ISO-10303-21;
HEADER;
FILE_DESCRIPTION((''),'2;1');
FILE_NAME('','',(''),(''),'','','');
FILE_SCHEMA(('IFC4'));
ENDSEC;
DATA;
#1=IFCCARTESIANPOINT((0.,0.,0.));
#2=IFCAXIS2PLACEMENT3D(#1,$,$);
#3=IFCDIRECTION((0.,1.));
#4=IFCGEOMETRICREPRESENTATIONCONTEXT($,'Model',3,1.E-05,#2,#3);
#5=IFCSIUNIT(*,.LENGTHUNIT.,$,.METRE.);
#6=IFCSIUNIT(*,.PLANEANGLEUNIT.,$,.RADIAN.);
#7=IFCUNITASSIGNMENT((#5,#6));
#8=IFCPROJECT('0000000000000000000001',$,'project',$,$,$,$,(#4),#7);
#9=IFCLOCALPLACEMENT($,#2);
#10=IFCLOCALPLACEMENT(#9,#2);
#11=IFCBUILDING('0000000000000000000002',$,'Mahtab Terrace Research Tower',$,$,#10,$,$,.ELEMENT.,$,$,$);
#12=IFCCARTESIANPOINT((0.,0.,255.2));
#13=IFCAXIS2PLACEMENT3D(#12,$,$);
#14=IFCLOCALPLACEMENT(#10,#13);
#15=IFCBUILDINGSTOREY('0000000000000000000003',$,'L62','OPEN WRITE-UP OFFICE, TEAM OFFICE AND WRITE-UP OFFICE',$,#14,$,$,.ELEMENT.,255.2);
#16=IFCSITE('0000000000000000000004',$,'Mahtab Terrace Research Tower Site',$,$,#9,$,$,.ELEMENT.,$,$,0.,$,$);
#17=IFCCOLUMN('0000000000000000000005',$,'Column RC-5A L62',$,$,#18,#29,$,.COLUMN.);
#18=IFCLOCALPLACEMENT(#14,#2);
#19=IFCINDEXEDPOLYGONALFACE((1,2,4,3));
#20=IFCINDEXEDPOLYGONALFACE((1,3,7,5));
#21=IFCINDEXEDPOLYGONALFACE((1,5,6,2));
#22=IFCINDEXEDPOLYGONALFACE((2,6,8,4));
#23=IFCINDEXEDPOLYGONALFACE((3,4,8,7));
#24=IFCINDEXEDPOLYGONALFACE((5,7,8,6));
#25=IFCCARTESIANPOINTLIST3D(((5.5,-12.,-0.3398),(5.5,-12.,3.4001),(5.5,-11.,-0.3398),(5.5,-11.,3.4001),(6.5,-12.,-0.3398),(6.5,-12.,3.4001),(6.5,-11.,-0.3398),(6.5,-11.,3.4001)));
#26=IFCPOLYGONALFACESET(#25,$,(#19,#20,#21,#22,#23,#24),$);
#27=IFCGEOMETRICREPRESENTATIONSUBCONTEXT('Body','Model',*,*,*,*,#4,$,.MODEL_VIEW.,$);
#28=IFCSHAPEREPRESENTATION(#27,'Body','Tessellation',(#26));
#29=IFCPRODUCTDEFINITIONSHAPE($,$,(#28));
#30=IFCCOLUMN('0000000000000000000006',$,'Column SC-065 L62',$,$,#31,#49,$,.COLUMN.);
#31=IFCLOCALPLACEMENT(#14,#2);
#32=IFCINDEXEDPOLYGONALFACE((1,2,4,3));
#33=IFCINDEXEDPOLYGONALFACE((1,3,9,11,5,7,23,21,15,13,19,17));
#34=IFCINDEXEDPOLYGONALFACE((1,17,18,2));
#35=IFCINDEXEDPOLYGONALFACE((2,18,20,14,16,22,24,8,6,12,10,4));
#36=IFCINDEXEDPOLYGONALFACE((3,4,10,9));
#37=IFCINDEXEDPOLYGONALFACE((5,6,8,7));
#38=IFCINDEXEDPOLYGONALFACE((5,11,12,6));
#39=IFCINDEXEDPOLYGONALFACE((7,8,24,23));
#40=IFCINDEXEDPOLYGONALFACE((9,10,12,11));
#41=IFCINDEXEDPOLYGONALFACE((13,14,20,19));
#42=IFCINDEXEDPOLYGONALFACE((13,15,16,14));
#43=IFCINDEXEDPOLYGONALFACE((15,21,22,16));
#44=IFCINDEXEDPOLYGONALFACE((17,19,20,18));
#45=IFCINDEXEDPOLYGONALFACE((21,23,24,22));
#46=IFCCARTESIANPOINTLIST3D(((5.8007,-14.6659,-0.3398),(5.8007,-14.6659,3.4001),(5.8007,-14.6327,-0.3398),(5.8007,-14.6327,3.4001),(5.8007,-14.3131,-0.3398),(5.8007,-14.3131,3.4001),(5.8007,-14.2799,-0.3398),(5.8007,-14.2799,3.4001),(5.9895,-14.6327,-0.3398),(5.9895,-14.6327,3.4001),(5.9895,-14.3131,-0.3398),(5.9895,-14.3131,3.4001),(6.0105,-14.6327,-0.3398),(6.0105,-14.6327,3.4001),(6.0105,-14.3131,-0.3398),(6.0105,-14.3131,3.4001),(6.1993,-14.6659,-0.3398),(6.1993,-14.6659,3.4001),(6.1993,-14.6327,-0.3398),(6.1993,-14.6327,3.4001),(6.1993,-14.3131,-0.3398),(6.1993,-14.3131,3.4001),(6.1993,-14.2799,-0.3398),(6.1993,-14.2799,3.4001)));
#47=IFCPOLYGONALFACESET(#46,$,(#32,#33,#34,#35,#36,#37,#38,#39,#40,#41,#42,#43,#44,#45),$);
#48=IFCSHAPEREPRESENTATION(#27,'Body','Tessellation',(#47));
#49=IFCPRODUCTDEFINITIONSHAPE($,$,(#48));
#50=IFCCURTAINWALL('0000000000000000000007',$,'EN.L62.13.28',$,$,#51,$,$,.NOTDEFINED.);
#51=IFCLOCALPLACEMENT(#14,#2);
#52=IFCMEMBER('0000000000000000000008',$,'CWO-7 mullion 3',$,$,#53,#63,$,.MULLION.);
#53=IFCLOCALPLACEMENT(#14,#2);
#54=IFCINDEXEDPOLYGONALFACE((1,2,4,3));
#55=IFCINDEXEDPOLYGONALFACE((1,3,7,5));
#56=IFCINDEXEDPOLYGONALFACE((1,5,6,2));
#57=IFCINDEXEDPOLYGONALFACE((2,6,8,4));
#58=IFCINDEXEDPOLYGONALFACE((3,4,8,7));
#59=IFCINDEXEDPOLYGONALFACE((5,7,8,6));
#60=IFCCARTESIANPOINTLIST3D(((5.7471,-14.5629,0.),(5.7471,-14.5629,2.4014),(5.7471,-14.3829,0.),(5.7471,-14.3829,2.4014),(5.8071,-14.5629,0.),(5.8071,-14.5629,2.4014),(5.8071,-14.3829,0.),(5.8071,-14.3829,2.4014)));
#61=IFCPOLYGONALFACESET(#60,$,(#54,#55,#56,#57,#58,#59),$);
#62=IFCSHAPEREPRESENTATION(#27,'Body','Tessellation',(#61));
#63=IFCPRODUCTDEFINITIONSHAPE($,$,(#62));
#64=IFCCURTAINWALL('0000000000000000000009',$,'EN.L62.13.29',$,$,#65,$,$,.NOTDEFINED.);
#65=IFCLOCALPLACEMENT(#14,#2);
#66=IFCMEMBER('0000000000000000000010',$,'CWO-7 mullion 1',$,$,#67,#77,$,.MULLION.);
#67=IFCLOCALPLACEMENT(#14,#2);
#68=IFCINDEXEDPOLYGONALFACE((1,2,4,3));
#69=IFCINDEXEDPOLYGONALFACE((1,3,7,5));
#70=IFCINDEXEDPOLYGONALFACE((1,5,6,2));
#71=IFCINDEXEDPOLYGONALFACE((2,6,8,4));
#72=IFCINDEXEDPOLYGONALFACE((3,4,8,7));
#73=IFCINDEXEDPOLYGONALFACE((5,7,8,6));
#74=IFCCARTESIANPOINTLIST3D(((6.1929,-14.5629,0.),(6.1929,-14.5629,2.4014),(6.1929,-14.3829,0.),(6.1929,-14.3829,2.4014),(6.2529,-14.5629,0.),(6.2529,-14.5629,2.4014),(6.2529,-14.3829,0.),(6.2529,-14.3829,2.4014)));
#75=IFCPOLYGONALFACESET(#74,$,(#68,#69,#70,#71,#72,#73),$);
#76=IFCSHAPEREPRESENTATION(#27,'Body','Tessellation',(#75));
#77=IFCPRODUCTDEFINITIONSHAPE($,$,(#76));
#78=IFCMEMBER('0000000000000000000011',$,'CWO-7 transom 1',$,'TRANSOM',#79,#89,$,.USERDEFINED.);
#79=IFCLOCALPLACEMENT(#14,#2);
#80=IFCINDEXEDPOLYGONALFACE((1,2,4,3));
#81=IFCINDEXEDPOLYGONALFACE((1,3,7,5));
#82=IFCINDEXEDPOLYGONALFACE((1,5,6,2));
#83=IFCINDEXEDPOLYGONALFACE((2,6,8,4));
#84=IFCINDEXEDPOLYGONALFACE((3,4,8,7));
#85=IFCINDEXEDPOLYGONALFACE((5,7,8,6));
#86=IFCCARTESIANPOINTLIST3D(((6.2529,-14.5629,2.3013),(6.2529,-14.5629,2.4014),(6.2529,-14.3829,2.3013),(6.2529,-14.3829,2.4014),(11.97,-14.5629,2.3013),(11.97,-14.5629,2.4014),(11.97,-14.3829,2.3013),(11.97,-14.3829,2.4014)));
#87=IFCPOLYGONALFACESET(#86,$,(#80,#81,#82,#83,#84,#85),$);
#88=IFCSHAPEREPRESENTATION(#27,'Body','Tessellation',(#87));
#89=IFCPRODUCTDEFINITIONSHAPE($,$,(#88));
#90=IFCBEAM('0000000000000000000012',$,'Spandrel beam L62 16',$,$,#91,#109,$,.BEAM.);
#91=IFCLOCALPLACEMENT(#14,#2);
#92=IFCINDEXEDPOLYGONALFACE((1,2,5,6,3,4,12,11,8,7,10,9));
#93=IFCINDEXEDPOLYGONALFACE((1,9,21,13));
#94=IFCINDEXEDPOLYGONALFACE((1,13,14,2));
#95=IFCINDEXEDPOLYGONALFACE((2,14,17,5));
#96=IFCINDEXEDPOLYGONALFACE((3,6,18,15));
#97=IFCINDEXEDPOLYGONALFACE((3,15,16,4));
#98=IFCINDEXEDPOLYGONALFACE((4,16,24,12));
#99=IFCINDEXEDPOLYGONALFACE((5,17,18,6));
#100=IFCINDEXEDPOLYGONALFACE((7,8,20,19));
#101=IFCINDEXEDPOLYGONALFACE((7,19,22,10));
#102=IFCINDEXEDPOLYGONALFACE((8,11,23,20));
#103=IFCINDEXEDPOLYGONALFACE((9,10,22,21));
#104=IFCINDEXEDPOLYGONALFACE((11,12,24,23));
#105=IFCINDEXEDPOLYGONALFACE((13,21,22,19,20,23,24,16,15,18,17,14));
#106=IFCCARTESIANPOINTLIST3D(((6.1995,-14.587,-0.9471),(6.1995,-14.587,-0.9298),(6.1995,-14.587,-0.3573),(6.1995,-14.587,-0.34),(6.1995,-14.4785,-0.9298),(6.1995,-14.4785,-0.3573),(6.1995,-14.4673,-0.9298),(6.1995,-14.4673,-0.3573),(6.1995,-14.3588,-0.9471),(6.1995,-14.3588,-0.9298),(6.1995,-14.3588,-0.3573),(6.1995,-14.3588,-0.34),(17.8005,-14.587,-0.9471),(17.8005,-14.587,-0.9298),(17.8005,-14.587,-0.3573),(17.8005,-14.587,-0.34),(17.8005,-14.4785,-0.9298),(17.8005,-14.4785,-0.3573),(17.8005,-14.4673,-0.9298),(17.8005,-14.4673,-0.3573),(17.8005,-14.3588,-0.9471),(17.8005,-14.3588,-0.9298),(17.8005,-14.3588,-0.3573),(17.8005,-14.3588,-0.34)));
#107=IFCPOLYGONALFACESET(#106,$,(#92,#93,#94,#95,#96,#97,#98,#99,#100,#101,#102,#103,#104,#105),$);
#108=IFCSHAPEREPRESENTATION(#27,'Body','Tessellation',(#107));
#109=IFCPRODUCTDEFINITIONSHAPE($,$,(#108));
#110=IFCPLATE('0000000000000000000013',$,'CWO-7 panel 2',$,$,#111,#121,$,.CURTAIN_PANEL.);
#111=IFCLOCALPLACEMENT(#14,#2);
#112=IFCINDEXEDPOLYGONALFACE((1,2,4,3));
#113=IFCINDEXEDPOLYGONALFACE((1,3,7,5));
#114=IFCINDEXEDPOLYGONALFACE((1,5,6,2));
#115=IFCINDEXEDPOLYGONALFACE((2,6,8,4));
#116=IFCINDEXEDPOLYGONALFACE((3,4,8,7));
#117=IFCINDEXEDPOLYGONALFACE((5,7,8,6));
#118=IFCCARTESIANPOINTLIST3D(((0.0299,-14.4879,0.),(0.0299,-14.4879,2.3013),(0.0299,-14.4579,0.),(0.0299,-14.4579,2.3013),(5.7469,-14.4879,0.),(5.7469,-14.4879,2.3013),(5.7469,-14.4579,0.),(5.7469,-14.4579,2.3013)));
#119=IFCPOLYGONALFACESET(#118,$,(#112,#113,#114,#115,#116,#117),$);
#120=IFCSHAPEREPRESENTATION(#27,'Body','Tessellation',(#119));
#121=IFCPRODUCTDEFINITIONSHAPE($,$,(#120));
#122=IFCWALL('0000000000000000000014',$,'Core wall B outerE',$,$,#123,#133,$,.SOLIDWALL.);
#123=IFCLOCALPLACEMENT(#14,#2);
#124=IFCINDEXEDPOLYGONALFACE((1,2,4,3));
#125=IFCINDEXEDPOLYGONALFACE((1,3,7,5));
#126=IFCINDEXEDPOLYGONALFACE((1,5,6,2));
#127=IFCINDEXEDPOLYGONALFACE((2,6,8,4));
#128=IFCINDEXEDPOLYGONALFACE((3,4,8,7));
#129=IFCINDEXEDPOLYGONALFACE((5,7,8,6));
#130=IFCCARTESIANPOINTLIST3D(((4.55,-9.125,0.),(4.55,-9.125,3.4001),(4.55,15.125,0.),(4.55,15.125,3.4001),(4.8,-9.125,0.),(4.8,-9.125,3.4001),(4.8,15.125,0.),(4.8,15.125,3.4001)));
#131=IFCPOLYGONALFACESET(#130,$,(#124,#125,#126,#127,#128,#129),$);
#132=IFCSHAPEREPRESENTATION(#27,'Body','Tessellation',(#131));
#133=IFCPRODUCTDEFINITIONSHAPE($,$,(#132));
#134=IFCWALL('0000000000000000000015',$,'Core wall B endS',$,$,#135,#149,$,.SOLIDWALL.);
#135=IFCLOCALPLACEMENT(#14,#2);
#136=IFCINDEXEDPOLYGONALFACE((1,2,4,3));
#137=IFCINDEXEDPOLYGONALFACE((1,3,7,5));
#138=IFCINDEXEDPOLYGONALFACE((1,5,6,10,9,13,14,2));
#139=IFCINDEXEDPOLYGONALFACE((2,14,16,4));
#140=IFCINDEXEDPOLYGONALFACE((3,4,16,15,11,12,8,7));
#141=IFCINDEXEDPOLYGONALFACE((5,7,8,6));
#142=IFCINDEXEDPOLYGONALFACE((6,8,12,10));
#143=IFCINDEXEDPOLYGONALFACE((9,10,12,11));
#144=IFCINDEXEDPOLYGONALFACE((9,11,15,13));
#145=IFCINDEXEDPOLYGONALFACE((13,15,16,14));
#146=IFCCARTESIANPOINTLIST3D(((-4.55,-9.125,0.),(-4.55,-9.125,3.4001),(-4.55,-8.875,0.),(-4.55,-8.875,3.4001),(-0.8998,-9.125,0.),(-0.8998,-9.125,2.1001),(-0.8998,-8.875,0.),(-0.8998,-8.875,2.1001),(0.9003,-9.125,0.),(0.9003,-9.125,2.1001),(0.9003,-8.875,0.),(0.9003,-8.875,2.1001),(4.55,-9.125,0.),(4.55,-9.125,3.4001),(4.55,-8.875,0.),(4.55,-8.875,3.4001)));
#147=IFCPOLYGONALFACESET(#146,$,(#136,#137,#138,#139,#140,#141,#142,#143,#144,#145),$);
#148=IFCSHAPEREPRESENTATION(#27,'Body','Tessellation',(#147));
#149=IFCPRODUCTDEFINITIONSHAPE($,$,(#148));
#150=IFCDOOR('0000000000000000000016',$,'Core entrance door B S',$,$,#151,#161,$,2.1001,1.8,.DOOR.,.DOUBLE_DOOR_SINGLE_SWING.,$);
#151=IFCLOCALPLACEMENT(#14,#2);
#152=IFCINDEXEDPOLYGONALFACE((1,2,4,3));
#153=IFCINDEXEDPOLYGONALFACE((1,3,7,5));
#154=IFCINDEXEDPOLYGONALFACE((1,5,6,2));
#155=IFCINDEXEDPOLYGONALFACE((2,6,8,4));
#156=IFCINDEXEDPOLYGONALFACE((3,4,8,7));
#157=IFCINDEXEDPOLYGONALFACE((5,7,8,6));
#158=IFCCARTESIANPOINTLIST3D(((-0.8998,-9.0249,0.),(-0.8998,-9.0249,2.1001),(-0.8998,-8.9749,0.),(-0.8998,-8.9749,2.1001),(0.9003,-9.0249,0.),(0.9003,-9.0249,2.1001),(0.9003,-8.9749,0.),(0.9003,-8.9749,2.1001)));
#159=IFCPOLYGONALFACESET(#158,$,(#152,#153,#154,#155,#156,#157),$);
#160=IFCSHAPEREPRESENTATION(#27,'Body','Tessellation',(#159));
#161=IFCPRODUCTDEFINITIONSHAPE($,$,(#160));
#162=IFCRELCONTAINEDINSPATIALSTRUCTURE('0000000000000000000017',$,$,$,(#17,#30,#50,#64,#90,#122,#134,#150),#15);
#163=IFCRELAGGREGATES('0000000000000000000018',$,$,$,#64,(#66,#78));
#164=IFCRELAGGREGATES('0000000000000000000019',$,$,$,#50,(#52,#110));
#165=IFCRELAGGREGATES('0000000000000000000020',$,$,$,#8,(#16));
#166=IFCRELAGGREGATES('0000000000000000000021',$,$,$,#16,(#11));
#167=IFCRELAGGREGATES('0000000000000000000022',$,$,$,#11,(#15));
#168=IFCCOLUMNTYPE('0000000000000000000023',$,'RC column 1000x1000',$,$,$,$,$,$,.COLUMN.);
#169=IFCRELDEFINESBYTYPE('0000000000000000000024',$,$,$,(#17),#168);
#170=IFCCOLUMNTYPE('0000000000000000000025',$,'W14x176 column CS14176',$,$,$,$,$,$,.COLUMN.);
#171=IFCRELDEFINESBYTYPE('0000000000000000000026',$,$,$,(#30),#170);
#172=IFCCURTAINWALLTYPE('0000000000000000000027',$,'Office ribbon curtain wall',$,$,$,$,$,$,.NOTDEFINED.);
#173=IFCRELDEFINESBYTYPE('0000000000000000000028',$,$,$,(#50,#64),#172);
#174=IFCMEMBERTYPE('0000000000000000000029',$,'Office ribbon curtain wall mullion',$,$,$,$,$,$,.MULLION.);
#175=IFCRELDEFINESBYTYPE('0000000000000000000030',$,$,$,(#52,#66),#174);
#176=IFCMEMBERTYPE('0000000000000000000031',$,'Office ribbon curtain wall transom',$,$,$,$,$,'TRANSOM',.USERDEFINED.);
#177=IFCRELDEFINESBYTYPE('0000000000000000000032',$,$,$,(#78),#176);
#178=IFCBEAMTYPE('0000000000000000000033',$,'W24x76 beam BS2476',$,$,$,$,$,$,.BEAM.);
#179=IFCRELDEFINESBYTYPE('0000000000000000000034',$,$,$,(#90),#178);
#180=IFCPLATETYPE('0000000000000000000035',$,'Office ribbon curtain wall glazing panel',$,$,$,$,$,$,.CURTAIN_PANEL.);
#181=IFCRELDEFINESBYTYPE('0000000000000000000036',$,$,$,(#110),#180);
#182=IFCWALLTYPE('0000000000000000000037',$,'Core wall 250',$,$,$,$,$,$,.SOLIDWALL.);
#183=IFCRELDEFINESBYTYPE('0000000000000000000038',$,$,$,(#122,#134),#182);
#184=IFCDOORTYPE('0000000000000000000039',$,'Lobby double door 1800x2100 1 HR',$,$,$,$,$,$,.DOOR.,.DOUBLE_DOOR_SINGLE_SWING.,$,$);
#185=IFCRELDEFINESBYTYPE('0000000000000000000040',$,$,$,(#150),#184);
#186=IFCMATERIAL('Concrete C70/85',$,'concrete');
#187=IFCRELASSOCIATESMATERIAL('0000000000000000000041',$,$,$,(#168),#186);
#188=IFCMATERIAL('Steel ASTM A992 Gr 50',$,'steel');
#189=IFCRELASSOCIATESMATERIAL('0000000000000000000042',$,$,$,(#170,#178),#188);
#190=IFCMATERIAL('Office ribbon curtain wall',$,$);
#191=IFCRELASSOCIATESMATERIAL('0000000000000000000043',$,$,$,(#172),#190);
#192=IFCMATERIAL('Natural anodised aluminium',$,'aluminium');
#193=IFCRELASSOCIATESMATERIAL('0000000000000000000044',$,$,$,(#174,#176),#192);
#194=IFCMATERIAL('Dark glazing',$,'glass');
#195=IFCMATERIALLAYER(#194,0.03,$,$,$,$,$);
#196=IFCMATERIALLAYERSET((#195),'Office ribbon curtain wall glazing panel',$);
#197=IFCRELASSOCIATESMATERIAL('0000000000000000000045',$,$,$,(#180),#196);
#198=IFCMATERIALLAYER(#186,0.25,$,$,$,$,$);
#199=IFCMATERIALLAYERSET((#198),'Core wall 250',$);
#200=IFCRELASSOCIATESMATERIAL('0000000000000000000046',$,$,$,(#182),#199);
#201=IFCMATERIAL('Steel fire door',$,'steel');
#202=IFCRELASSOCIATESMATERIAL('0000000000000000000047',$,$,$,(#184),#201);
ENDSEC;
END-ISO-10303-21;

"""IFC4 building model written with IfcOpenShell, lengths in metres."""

from ifc_helpers import new_model, si_unit, direction, frame, frame_2d, origin, origin_2d, place, context, subcontext, project, spatial, rectangle, i_section, extrude, material, layer, layer_set, material_profile, profile_set, type_object, element, fill, aggregate, save


model = new_model("IFC4")

# Units and contexts
model_context = context("Model", 3, precision=1e-05, world=origin(), true_north=direction((0.0, 1.0)))
body_context = subcontext(model_context, "Body", "Model", "MODEL_VIEW")
ifc_project = project(units=[si_unit("LENGTHUNIT", "METRE"), si_unit("PLANEANGLEUNIT", "RADIAN")], contexts=[model_context])

# Site, building, storey
site_placement = place(None, origin())
site = spatial("IfcSite", under=ifc_project, at=site_placement, Name="Mahtab Terrace Research Tower Site", CompositionType="ELEMENT", RefElevation=0.0)
building_placement = place(site_placement, origin())
building = spatial("IfcBuilding", under=site, at=building_placement, Name="Mahtab Terrace Research Tower", CompositionType="ELEMENT")
storey_placement = place(building_placement, frame((0.0, 0.0, 255.2)))
storey = spatial("IfcBuildingStorey", under=building, at=storey_placement, Name="L62", Description="OPEN WRITE-UP OFFICE, TEAM OFFICE AND WRITE-UP OFFICE", CompositionType="ELEMENT", Elevation=255.2)

# Columns
ifc_material_1 = material(Name="Concrete C70/85", Category="concrete")
ifc_material_profile_1 = material_profile(ifc_material_1, rectangle(XDim=1.0, YDim=1.0, at=origin_2d()), Name="RC column 1000x1000")
ifc_profile_set_1 = profile_set([ifc_material_profile_1], Name="Concrete C70/85")
column_type_1 = type_object("IfcColumnType", Name="RC column 1000x1000", PredefinedType="COLUMN", material=ifc_profile_set_1)
column_1_placement = place(storey_placement, frame((6.0, -11.5, -0.3398), z_axis=(0.0, 0.0, 1.0), x_axis=(1.0, 0.0, 0.0)))
element("IfcColumn", 1, at=column_1_placement, inside=storey, type_object=column_type_1, Name="Column RC-5A L62", PredefinedType="COLUMN", context=body_context, shape_type="SweptSolid", body=[
    extrude(rectangle(XDim=1.0, YDim=1.0, at=origin_2d()), origin(), (0.0, 0.0, 1.0), 3.74),
])
ifc_material_2 = material(Name="Steel ASTM A992 Gr 50", Category="steel")
ifc_material_profile_2 = material_profile(ifc_material_2, i_section(OverallWidth=0.3987, OverallDepth=0.386, WebThickness=0.021, FlangeThickness=0.0332, at=origin_2d()), Name="W14X176")
ifc_profile_set_2 = profile_set([ifc_material_profile_2], Name="Steel ASTM A992 Gr 50")
column_type_2 = type_object("IfcColumnType", Name="W14x176 column CS14176", PredefinedType="COLUMN", material=ifc_profile_set_2)
column_2_placement = place(storey_placement, frame((6.0, -14.4729, -0.3398), z_axis=(0.0, 0.0, 1.0), x_axis=(1.0, 0.0, 0.0)))
element("IfcColumn", 2, at=column_2_placement, inside=storey, type_object=column_type_2, Name="Column SC-065 L62", PredefinedType="COLUMN", context=body_context, shape_type="SweptSolid", body=[
    extrude(i_section(OverallWidth=0.3987, OverallDepth=0.386, WebThickness=0.021, FlangeThickness=0.0332, at=origin_2d()), origin(), (0.0, 0.0, 1.0), 3.74),
])

# Curtain wall, member
ifc_material_3 = material(Name="Office ribbon curtain wall")
curtain_wall_type = type_object("IfcCurtainWallType", Name="Office ribbon curtain wall", PredefinedType="NOTDEFINED", material=ifc_material_3)
curtain_wall_1_placement = place(storey_placement, origin())
curtain_wall_1 = element("IfcCurtainWall", 3, at=curtain_wall_1_placement, inside=storey, type_object=curtain_wall_type, Name="EN.L62.13.28", PredefinedType="NOTDEFINED")
ifc_material_4 = material(Name="Natural anodised aluminium", Category="aluminium")
ifc_material_profile_3 = material_profile(ifc_material_4, rectangle(XDim=0.1799, YDim=0.0601, at=origin_2d()), Name="MULLION 60x180")
ifc_profile_set_3 = profile_set([ifc_material_profile_3], Name="Natural anodised aluminium")
member_type_1 = type_object("IfcMemberType", Name="Office ribbon curtain wall mullion", PredefinedType="MULLION", material=ifc_profile_set_3)
member_1_placement = place(storey_placement, frame((5.7771, -14.4729, 0.0), z_axis=(0.0, 0.0, 1.0), x_axis=(0.0, 1.0, 0.0)))
member_1 = element("IfcMember", 4, at=member_1_placement, type_object=member_type_1, Name="CWO-7 mullion 3", PredefinedType="MULLION", context=body_context, shape_type="SweptSolid", body=[
    extrude(rectangle(XDim=0.1799, YDim=0.0601, at=origin_2d()), origin(), (0.0, 0.0, 1.0), 2.4014),
])

# Curtain wall, members
curtain_wall_2_placement = place(storey_placement, origin())
curtain_wall_2 = element("IfcCurtainWall", 5, at=curtain_wall_2_placement, inside=storey, type_object=curtain_wall_type, Name="EN.L62.13.29", PredefinedType="NOTDEFINED")
member_2_placement = place(storey_placement, frame((6.2229, -14.4729, 0.0), z_axis=(0.0, 0.0, 1.0), x_axis=(0.0, 1.0, 0.0)))
member_2 = element("IfcMember", 6, at=member_2_placement, type_object=member_type_1, Name="CWO-7 mullion 1", PredefinedType="MULLION", context=body_context, shape_type="SweptSolid", body=[
    extrude(rectangle(XDim=0.1799, YDim=0.0601, at=origin_2d()), origin(), (0.0, 0.0, 1.0), 2.4014),
])
ifc_material_profile_4 = material_profile(ifc_material_4, rectangle(XDim=0.1799, YDim=0.1001, at=origin_2d()), Name="TRANSOM 100x180")
ifc_profile_set_4 = profile_set([ifc_material_profile_4], Name="Natural anodised aluminium")
member_type_2 = type_object("IfcMemberType", Name="Office ribbon curtain wall transom", ElementType="TRANSOM", PredefinedType="USERDEFINED", material=ifc_profile_set_4)
member_3_placement = place(storey_placement, frame((6.2529, -14.4729, 2.3513), z_axis=(1.0, 0.0, 0.0), x_axis=(0.0, 1.0, 0.0)))
member_3 = element("IfcMember", 7, at=member_3_placement, type_object=member_type_2, Name="CWO-7 transom 1", ObjectType="TRANSOM", PredefinedType="USERDEFINED", context=body_context, shape_type="SweptSolid", body=[
    extrude(rectangle(XDim=0.1799, YDim=0.1001, at=origin_2d()), origin(), (0.0, 0.0, 1.0), 5.717),
])
aggregate(curtain_wall_2, [member_2, member_3])

# Beam
ifc_material_profile_5 = material_profile(ifc_material_2, i_section(OverallWidth=0.2283, OverallDepth=0.6072, WebThickness=0.0112, FlangeThickness=0.0173, at=origin_2d()), Name="W24X76")
ifc_profile_set_5 = profile_set([ifc_material_profile_5], Name="Steel ASTM A992 Gr 50")
beam_type = type_object("IfcBeamType", Name="W24x76 beam BS2476", PredefinedType="BEAM", material=ifc_profile_set_5)
beam_placement = place(storey_placement, frame((6.1995, -14.4729, -0.6436), z_axis=(1.0, 0.0, 0.0), x_axis=(0.0, 1.0, 0.0)))
element("IfcBeam", 8, at=beam_placement, inside=storey, type_object=beam_type, Name="Spandrel beam L62 16", PredefinedType="BEAM", context=body_context, shape_type="SweptSolid", body=[
    extrude(i_section(OverallWidth=0.2283, OverallDepth=0.6072, WebThickness=0.0112, FlangeThickness=0.0173, at=origin_2d()), origin(), (0.0, 0.0, 1.0), 11.6011),
])

# Plate
ifc_material_5 = material(Name="Dark glazing", Category="glass")
ifc_layer_1 = layer(ifc_material_5, 0.03)
ifc_layer_set_1 = layer_set([ifc_layer_1], Name="Office ribbon curtain wall glazing panel")
plate_type = type_object("IfcPlateType", Name="Office ribbon curtain wall glazing panel", PredefinedType="CURTAIN_PANEL", material=ifc_layer_set_1)
plate_placement = place(storey_placement, frame((2.8884, -14.4729, 0.0), z_axis=(0.0, 0.0, 1.0), x_axis=(1.0, 0.0, 0.0)))
plate = element("IfcPlate", 9, at=plate_placement, type_object=plate_type, Name="CWO-7 panel 2", PredefinedType="CURTAIN_PANEL", context=body_context, shape_type="SweptSolid", body=[
    extrude(rectangle(XDim=5.717, YDim=0.03, at=origin_2d()), origin(), (0.0, 0.0, 1.0), 2.3013),
])
aggregate(curtain_wall_1, [member_1, plate])

# Wall
ifc_layer_2 = layer(ifc_material_1, 0.25)
ifc_layer_set_2 = layer_set([ifc_layer_2], Name="Core wall 250")
wall_type_1 = type_object("IfcWallType", Name="Core wall 250", PredefinedType="SOLIDWALL", material=ifc_layer_set_2)
wall_1_placement = place(storey_placement, frame((4.675, -9.125, 0.0), z_axis=(0.0, 0.0, 1.0), x_axis=(0.0, 1.0, 0.0)))
element("IfcWall", 10, at=wall_1_placement, inside=storey, type_object=wall_type_1, Name="Core wall B outerE", PredefinedType="SOLIDWALL", context=body_context, shape_type="SweptSolid", body=[
    extrude(rectangle(XDim=24.25, YDim=0.25, at=frame_2d((12.125, 0.0))), origin(), (0.0, 0.0, 1.0), 3.4001),
])

# Wall, opening, door
wall_2_placement = place(storey_placement, frame((4.55, -9.0, 0.0), z_axis=(0.0, 0.0, 1.0), x_axis=(-1.0, 0.0, 0.0)))
wall_2 = element("IfcWall", 11, at=wall_2_placement, inside=storey, type_object=wall_type_1, Name="Core wall B endS", PredefinedType="SOLIDWALL", context=body_context, shape_type="SweptSolid", body=[
    extrude(rectangle(XDim=9.1001, YDim=0.25, at=frame_2d((4.55, 0.0))), origin(), (0.0, 0.0, 1.0), 3.4001),
])
opening_1_placement = place(wall_2_placement, frame((3.6499, 0.0, 0.0)))
opening_1 = element("IfcOpeningElement", 12, at=opening_1_placement, cuts=wall_2, PredefinedType="OPENING", context=body_context, shape_type="SweptSolid", body=[
    extrude(rectangle(XDim=1.8, YDim=2.1001, at=frame_2d((0.8999, 1.05))), frame((0.0, 0.135, 0.0), z_axis=(0.0, -1.0, 0.0), x_axis=(1.0, 0.0, 0.0)), (0.0, 0.0, 1.0), 0.27),
])
ifc_material_6 = material(Name="Steel fire door", Category="steel")
door_type_1 = type_object("IfcDoorType", Name="Lobby double door 1800x2100 1 HR", OperationType="DOUBLE_DOOR_SINGLE_SWING", PredefinedType="DOOR", material=ifc_material_6)
door_1_placement = place(opening_1_placement, origin())
door_1 = element("IfcDoor", 13, at=door_1_placement, inside=storey, type_object=door_type_1, Name="Core entrance door B S", OperationType="DOUBLE_DOOR_SINGLE_SWING", OverallHeight=2.1001, OverallWidth=1.8, PredefinedType="DOOR", context=body_context, shape_type="SweptSolid", body=[
    extrude(rectangle(XDim=1.8, YDim=2.1001, at=frame_2d((0.8999, 1.05))), frame((0.0, 0.0249, 0.0), z_axis=(0.0, -1.0, 0.0), x_axis=(1.0, 0.0, 0.0)), (0.0, 0.0, 1.0), 0.05),
])
fill(opening_1, door_1)

save(model, "model.ifc")
